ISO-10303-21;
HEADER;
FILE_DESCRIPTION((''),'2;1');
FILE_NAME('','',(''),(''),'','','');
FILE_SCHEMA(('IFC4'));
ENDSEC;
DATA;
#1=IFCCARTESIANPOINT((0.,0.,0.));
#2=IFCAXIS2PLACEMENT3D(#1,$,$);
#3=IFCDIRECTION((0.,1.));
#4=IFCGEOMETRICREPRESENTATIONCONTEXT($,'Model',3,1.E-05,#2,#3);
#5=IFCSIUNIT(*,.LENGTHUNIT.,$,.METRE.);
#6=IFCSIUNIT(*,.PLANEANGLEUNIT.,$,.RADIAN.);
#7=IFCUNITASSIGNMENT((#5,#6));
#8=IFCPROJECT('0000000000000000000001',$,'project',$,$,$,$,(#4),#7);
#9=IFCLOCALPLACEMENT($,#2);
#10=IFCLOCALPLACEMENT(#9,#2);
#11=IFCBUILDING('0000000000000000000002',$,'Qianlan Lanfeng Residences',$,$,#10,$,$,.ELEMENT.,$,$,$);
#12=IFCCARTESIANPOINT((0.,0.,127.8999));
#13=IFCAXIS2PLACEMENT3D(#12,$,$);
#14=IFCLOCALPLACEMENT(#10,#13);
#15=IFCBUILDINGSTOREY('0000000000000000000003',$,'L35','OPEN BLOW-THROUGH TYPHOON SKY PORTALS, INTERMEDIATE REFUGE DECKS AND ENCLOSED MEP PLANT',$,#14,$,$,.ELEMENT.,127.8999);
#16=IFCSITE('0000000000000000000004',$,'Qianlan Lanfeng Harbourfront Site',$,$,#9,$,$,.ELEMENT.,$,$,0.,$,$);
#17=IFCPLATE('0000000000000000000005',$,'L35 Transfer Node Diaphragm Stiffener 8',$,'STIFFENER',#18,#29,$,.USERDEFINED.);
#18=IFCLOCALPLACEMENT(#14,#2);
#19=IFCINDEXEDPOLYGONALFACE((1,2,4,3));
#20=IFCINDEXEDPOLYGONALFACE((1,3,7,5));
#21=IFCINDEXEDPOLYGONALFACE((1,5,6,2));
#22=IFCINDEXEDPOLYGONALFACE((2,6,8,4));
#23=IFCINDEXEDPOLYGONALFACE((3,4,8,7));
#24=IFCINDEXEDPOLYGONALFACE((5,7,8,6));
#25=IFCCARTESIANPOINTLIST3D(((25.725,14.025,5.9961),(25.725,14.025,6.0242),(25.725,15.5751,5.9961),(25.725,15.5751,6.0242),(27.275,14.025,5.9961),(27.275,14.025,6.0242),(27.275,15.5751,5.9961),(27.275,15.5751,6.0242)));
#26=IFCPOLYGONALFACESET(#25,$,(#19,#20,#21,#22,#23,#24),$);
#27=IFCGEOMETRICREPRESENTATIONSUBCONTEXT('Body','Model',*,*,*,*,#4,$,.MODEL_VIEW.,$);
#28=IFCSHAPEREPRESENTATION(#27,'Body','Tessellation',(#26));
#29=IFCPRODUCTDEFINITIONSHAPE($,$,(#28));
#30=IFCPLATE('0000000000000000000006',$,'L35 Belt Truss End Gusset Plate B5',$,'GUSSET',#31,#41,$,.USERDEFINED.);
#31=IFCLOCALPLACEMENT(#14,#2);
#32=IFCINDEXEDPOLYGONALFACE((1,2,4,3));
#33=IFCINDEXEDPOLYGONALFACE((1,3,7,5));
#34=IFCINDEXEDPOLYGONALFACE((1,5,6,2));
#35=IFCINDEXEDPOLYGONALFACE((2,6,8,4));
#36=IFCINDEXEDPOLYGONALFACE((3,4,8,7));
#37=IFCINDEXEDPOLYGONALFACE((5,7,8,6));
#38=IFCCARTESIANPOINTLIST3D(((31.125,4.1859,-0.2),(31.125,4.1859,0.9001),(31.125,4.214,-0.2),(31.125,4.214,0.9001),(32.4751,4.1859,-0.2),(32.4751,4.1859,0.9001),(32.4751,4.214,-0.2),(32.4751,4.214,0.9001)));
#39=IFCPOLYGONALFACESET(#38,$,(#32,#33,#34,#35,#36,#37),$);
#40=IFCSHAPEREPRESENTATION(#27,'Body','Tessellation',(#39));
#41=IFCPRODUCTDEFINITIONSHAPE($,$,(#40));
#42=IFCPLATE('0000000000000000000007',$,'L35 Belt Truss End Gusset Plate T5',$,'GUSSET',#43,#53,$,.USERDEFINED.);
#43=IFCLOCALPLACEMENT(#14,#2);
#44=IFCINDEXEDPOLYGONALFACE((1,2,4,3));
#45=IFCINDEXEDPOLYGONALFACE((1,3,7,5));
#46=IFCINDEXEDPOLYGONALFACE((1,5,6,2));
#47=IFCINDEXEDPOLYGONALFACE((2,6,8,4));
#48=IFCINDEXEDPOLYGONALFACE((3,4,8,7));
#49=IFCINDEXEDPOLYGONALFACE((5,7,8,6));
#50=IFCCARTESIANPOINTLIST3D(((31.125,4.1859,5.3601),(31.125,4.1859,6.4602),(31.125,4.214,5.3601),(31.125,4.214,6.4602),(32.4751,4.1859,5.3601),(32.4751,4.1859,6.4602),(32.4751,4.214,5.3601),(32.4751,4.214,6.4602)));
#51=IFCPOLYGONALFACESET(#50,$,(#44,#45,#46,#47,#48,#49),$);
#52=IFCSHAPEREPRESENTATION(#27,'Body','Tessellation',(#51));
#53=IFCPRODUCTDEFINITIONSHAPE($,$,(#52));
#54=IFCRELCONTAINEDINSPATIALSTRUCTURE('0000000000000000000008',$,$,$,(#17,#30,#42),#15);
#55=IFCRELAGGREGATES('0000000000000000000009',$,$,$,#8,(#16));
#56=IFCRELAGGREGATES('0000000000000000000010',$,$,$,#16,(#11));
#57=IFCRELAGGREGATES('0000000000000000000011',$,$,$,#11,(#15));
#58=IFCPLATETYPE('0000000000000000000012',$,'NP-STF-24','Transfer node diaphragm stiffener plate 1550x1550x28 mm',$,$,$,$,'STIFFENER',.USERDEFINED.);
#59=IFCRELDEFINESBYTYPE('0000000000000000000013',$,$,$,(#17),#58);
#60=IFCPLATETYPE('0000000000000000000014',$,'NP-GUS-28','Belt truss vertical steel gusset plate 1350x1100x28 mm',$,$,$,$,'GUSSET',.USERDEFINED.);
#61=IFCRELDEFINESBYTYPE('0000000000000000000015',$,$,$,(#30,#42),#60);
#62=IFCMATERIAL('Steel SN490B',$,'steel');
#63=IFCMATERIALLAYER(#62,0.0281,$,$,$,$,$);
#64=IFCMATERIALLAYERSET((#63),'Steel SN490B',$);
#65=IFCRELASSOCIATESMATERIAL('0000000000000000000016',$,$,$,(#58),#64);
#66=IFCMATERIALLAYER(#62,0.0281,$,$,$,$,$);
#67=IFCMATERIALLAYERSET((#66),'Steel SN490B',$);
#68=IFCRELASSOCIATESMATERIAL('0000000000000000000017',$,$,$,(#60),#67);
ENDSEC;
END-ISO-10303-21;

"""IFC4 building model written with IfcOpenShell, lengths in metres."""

from ifc_helpers import new_model, si_unit, direction, frame, origin, origin_2d, place, context, subcontext, project, spatial, rectangle, extrude, source, transform, mapped, material, layer, layer_set, type_object, element, save


model = new_model("IFC4")

# Units and contexts
model_context = context("Model", 3, precision=1e-05, world=origin(), true_north=direction((0.0, 1.0)))
body_context = subcontext(model_context, "Body", "Model", "MODEL_VIEW")
ifc_project = project(units=[si_unit("LENGTHUNIT", "METRE"), si_unit("PLANEANGLEUNIT", "RADIAN")], contexts=[model_context])

# Site, building, storey
site_placement = place(None, origin())
site = spatial("IfcSite", under=ifc_project, at=site_placement, Name="Qianlan Lanfeng Harbourfront Site", CompositionType="ELEMENT", RefElevation=0.0)
building_placement = place(site_placement, origin())
building = spatial("IfcBuilding", under=site, at=building_placement, Name="Qianlan Lanfeng Residences", CompositionType="ELEMENT")
storey_placement = place(building_placement, frame((0.0, 0.0, 127.8999)))
storey = spatial("IfcBuildingStorey", under=building, at=storey_placement, Name="L35", Description="OPEN BLOW-THROUGH TYPHOON SKY PORTALS, INTERMEDIATE REFUGE DECKS AND ENCLOSED MEP PLANT", CompositionType="ELEMENT", Elevation=127.8999)

# Shared definitions
ifc_material_1 = material(Name="Steel SN490B", Category="steel")

# Plates
ifc_layer_1 = layer(ifc_material_1, 0.0281)
ifc_layer_set_1 = layer_set([ifc_layer_1], Name="Steel SN490B")
plate_type_1 = type_object("IfcPlateType", Name="NP-STF-24", Description="Transfer node diaphragm stiffener plate 1550x1550x28 mm", ElementType="STIFFENER", PredefinedType="USERDEFINED", material=ifc_layer_set_1)
shared_shape_1 = source(origin(), body_context, "Body", "SweptSolid", [
    extrude(rectangle(XDim=1.55, YDim=1.55, at=origin_2d()), origin(), (0.0, 0.0, 1.0), 0.0281),
])
plate_placement = place(storey_placement, frame((26.5, 14.8, 5.9961), z_axis=(0.0, 0.0, 1.0), x_axis=(1.0, 0.0, 0.0)))
element("IfcPlate", 1, at=plate_placement, inside=storey, type_object=plate_type_1, Name="L35 Transfer Node Diaphragm Stiffener 8", ObjectType="STIFFENER", PredefinedType="USERDEFINED", context=body_context, shape_type="MappedRepresentation", body=[
    mapped(shared_shape_1, transform((0.0, 0.0, 0.0), scale=1.0)),
])
ifc_layer_2 = layer(ifc_material_1, 0.0281)
ifc_layer_set_2 = layer_set([ifc_layer_2], Name="Steel SN490B")
plate_type_2 = type_object("IfcPlateType", Name="NP-GUS-28", Description="Belt truss vertical steel gusset plate 1350x1100x28 mm", ElementType="GUSSET", PredefinedType="USERDEFINED", material=ifc_layer_set_2)
shared_shape_2 = source(origin(), body_context, "Body", "SweptSolid", [
    extrude(rectangle(XDim=1.3501, YDim=0.0281, at=origin_2d()), origin(), (0.0, 0.0, 1.0), 1.1001),
])
for number, where, z_axis, x_axis, name in (
    (2, (31.8, 4.2, -0.2), (0.0, 0.0, 1.0), (1.0, 0.0, 0.0), "L35 Belt Truss End Gusset Plate B5"),
    (3, (31.8, 4.2, 5.3601), (0.0, 0.0, 1.0), (1.0, 0.0, 0.0), "L35 Belt Truss End Gusset Plate T5"),
):
    element("IfcPlate", number, at=place(storey_placement, frame(where, z_axis=z_axis, x_axis=x_axis)), inside=storey, type_object=plate_type_2, Name=name, ObjectType="GUSSET", PredefinedType="USERDEFINED", context=body_context, shape_type="MappedRepresentation", body=[
        mapped(shared_shape_2, transform((0.0, 0.0, 0.0), scale=1.0)),
    ])

save(model, "model.ifc")
